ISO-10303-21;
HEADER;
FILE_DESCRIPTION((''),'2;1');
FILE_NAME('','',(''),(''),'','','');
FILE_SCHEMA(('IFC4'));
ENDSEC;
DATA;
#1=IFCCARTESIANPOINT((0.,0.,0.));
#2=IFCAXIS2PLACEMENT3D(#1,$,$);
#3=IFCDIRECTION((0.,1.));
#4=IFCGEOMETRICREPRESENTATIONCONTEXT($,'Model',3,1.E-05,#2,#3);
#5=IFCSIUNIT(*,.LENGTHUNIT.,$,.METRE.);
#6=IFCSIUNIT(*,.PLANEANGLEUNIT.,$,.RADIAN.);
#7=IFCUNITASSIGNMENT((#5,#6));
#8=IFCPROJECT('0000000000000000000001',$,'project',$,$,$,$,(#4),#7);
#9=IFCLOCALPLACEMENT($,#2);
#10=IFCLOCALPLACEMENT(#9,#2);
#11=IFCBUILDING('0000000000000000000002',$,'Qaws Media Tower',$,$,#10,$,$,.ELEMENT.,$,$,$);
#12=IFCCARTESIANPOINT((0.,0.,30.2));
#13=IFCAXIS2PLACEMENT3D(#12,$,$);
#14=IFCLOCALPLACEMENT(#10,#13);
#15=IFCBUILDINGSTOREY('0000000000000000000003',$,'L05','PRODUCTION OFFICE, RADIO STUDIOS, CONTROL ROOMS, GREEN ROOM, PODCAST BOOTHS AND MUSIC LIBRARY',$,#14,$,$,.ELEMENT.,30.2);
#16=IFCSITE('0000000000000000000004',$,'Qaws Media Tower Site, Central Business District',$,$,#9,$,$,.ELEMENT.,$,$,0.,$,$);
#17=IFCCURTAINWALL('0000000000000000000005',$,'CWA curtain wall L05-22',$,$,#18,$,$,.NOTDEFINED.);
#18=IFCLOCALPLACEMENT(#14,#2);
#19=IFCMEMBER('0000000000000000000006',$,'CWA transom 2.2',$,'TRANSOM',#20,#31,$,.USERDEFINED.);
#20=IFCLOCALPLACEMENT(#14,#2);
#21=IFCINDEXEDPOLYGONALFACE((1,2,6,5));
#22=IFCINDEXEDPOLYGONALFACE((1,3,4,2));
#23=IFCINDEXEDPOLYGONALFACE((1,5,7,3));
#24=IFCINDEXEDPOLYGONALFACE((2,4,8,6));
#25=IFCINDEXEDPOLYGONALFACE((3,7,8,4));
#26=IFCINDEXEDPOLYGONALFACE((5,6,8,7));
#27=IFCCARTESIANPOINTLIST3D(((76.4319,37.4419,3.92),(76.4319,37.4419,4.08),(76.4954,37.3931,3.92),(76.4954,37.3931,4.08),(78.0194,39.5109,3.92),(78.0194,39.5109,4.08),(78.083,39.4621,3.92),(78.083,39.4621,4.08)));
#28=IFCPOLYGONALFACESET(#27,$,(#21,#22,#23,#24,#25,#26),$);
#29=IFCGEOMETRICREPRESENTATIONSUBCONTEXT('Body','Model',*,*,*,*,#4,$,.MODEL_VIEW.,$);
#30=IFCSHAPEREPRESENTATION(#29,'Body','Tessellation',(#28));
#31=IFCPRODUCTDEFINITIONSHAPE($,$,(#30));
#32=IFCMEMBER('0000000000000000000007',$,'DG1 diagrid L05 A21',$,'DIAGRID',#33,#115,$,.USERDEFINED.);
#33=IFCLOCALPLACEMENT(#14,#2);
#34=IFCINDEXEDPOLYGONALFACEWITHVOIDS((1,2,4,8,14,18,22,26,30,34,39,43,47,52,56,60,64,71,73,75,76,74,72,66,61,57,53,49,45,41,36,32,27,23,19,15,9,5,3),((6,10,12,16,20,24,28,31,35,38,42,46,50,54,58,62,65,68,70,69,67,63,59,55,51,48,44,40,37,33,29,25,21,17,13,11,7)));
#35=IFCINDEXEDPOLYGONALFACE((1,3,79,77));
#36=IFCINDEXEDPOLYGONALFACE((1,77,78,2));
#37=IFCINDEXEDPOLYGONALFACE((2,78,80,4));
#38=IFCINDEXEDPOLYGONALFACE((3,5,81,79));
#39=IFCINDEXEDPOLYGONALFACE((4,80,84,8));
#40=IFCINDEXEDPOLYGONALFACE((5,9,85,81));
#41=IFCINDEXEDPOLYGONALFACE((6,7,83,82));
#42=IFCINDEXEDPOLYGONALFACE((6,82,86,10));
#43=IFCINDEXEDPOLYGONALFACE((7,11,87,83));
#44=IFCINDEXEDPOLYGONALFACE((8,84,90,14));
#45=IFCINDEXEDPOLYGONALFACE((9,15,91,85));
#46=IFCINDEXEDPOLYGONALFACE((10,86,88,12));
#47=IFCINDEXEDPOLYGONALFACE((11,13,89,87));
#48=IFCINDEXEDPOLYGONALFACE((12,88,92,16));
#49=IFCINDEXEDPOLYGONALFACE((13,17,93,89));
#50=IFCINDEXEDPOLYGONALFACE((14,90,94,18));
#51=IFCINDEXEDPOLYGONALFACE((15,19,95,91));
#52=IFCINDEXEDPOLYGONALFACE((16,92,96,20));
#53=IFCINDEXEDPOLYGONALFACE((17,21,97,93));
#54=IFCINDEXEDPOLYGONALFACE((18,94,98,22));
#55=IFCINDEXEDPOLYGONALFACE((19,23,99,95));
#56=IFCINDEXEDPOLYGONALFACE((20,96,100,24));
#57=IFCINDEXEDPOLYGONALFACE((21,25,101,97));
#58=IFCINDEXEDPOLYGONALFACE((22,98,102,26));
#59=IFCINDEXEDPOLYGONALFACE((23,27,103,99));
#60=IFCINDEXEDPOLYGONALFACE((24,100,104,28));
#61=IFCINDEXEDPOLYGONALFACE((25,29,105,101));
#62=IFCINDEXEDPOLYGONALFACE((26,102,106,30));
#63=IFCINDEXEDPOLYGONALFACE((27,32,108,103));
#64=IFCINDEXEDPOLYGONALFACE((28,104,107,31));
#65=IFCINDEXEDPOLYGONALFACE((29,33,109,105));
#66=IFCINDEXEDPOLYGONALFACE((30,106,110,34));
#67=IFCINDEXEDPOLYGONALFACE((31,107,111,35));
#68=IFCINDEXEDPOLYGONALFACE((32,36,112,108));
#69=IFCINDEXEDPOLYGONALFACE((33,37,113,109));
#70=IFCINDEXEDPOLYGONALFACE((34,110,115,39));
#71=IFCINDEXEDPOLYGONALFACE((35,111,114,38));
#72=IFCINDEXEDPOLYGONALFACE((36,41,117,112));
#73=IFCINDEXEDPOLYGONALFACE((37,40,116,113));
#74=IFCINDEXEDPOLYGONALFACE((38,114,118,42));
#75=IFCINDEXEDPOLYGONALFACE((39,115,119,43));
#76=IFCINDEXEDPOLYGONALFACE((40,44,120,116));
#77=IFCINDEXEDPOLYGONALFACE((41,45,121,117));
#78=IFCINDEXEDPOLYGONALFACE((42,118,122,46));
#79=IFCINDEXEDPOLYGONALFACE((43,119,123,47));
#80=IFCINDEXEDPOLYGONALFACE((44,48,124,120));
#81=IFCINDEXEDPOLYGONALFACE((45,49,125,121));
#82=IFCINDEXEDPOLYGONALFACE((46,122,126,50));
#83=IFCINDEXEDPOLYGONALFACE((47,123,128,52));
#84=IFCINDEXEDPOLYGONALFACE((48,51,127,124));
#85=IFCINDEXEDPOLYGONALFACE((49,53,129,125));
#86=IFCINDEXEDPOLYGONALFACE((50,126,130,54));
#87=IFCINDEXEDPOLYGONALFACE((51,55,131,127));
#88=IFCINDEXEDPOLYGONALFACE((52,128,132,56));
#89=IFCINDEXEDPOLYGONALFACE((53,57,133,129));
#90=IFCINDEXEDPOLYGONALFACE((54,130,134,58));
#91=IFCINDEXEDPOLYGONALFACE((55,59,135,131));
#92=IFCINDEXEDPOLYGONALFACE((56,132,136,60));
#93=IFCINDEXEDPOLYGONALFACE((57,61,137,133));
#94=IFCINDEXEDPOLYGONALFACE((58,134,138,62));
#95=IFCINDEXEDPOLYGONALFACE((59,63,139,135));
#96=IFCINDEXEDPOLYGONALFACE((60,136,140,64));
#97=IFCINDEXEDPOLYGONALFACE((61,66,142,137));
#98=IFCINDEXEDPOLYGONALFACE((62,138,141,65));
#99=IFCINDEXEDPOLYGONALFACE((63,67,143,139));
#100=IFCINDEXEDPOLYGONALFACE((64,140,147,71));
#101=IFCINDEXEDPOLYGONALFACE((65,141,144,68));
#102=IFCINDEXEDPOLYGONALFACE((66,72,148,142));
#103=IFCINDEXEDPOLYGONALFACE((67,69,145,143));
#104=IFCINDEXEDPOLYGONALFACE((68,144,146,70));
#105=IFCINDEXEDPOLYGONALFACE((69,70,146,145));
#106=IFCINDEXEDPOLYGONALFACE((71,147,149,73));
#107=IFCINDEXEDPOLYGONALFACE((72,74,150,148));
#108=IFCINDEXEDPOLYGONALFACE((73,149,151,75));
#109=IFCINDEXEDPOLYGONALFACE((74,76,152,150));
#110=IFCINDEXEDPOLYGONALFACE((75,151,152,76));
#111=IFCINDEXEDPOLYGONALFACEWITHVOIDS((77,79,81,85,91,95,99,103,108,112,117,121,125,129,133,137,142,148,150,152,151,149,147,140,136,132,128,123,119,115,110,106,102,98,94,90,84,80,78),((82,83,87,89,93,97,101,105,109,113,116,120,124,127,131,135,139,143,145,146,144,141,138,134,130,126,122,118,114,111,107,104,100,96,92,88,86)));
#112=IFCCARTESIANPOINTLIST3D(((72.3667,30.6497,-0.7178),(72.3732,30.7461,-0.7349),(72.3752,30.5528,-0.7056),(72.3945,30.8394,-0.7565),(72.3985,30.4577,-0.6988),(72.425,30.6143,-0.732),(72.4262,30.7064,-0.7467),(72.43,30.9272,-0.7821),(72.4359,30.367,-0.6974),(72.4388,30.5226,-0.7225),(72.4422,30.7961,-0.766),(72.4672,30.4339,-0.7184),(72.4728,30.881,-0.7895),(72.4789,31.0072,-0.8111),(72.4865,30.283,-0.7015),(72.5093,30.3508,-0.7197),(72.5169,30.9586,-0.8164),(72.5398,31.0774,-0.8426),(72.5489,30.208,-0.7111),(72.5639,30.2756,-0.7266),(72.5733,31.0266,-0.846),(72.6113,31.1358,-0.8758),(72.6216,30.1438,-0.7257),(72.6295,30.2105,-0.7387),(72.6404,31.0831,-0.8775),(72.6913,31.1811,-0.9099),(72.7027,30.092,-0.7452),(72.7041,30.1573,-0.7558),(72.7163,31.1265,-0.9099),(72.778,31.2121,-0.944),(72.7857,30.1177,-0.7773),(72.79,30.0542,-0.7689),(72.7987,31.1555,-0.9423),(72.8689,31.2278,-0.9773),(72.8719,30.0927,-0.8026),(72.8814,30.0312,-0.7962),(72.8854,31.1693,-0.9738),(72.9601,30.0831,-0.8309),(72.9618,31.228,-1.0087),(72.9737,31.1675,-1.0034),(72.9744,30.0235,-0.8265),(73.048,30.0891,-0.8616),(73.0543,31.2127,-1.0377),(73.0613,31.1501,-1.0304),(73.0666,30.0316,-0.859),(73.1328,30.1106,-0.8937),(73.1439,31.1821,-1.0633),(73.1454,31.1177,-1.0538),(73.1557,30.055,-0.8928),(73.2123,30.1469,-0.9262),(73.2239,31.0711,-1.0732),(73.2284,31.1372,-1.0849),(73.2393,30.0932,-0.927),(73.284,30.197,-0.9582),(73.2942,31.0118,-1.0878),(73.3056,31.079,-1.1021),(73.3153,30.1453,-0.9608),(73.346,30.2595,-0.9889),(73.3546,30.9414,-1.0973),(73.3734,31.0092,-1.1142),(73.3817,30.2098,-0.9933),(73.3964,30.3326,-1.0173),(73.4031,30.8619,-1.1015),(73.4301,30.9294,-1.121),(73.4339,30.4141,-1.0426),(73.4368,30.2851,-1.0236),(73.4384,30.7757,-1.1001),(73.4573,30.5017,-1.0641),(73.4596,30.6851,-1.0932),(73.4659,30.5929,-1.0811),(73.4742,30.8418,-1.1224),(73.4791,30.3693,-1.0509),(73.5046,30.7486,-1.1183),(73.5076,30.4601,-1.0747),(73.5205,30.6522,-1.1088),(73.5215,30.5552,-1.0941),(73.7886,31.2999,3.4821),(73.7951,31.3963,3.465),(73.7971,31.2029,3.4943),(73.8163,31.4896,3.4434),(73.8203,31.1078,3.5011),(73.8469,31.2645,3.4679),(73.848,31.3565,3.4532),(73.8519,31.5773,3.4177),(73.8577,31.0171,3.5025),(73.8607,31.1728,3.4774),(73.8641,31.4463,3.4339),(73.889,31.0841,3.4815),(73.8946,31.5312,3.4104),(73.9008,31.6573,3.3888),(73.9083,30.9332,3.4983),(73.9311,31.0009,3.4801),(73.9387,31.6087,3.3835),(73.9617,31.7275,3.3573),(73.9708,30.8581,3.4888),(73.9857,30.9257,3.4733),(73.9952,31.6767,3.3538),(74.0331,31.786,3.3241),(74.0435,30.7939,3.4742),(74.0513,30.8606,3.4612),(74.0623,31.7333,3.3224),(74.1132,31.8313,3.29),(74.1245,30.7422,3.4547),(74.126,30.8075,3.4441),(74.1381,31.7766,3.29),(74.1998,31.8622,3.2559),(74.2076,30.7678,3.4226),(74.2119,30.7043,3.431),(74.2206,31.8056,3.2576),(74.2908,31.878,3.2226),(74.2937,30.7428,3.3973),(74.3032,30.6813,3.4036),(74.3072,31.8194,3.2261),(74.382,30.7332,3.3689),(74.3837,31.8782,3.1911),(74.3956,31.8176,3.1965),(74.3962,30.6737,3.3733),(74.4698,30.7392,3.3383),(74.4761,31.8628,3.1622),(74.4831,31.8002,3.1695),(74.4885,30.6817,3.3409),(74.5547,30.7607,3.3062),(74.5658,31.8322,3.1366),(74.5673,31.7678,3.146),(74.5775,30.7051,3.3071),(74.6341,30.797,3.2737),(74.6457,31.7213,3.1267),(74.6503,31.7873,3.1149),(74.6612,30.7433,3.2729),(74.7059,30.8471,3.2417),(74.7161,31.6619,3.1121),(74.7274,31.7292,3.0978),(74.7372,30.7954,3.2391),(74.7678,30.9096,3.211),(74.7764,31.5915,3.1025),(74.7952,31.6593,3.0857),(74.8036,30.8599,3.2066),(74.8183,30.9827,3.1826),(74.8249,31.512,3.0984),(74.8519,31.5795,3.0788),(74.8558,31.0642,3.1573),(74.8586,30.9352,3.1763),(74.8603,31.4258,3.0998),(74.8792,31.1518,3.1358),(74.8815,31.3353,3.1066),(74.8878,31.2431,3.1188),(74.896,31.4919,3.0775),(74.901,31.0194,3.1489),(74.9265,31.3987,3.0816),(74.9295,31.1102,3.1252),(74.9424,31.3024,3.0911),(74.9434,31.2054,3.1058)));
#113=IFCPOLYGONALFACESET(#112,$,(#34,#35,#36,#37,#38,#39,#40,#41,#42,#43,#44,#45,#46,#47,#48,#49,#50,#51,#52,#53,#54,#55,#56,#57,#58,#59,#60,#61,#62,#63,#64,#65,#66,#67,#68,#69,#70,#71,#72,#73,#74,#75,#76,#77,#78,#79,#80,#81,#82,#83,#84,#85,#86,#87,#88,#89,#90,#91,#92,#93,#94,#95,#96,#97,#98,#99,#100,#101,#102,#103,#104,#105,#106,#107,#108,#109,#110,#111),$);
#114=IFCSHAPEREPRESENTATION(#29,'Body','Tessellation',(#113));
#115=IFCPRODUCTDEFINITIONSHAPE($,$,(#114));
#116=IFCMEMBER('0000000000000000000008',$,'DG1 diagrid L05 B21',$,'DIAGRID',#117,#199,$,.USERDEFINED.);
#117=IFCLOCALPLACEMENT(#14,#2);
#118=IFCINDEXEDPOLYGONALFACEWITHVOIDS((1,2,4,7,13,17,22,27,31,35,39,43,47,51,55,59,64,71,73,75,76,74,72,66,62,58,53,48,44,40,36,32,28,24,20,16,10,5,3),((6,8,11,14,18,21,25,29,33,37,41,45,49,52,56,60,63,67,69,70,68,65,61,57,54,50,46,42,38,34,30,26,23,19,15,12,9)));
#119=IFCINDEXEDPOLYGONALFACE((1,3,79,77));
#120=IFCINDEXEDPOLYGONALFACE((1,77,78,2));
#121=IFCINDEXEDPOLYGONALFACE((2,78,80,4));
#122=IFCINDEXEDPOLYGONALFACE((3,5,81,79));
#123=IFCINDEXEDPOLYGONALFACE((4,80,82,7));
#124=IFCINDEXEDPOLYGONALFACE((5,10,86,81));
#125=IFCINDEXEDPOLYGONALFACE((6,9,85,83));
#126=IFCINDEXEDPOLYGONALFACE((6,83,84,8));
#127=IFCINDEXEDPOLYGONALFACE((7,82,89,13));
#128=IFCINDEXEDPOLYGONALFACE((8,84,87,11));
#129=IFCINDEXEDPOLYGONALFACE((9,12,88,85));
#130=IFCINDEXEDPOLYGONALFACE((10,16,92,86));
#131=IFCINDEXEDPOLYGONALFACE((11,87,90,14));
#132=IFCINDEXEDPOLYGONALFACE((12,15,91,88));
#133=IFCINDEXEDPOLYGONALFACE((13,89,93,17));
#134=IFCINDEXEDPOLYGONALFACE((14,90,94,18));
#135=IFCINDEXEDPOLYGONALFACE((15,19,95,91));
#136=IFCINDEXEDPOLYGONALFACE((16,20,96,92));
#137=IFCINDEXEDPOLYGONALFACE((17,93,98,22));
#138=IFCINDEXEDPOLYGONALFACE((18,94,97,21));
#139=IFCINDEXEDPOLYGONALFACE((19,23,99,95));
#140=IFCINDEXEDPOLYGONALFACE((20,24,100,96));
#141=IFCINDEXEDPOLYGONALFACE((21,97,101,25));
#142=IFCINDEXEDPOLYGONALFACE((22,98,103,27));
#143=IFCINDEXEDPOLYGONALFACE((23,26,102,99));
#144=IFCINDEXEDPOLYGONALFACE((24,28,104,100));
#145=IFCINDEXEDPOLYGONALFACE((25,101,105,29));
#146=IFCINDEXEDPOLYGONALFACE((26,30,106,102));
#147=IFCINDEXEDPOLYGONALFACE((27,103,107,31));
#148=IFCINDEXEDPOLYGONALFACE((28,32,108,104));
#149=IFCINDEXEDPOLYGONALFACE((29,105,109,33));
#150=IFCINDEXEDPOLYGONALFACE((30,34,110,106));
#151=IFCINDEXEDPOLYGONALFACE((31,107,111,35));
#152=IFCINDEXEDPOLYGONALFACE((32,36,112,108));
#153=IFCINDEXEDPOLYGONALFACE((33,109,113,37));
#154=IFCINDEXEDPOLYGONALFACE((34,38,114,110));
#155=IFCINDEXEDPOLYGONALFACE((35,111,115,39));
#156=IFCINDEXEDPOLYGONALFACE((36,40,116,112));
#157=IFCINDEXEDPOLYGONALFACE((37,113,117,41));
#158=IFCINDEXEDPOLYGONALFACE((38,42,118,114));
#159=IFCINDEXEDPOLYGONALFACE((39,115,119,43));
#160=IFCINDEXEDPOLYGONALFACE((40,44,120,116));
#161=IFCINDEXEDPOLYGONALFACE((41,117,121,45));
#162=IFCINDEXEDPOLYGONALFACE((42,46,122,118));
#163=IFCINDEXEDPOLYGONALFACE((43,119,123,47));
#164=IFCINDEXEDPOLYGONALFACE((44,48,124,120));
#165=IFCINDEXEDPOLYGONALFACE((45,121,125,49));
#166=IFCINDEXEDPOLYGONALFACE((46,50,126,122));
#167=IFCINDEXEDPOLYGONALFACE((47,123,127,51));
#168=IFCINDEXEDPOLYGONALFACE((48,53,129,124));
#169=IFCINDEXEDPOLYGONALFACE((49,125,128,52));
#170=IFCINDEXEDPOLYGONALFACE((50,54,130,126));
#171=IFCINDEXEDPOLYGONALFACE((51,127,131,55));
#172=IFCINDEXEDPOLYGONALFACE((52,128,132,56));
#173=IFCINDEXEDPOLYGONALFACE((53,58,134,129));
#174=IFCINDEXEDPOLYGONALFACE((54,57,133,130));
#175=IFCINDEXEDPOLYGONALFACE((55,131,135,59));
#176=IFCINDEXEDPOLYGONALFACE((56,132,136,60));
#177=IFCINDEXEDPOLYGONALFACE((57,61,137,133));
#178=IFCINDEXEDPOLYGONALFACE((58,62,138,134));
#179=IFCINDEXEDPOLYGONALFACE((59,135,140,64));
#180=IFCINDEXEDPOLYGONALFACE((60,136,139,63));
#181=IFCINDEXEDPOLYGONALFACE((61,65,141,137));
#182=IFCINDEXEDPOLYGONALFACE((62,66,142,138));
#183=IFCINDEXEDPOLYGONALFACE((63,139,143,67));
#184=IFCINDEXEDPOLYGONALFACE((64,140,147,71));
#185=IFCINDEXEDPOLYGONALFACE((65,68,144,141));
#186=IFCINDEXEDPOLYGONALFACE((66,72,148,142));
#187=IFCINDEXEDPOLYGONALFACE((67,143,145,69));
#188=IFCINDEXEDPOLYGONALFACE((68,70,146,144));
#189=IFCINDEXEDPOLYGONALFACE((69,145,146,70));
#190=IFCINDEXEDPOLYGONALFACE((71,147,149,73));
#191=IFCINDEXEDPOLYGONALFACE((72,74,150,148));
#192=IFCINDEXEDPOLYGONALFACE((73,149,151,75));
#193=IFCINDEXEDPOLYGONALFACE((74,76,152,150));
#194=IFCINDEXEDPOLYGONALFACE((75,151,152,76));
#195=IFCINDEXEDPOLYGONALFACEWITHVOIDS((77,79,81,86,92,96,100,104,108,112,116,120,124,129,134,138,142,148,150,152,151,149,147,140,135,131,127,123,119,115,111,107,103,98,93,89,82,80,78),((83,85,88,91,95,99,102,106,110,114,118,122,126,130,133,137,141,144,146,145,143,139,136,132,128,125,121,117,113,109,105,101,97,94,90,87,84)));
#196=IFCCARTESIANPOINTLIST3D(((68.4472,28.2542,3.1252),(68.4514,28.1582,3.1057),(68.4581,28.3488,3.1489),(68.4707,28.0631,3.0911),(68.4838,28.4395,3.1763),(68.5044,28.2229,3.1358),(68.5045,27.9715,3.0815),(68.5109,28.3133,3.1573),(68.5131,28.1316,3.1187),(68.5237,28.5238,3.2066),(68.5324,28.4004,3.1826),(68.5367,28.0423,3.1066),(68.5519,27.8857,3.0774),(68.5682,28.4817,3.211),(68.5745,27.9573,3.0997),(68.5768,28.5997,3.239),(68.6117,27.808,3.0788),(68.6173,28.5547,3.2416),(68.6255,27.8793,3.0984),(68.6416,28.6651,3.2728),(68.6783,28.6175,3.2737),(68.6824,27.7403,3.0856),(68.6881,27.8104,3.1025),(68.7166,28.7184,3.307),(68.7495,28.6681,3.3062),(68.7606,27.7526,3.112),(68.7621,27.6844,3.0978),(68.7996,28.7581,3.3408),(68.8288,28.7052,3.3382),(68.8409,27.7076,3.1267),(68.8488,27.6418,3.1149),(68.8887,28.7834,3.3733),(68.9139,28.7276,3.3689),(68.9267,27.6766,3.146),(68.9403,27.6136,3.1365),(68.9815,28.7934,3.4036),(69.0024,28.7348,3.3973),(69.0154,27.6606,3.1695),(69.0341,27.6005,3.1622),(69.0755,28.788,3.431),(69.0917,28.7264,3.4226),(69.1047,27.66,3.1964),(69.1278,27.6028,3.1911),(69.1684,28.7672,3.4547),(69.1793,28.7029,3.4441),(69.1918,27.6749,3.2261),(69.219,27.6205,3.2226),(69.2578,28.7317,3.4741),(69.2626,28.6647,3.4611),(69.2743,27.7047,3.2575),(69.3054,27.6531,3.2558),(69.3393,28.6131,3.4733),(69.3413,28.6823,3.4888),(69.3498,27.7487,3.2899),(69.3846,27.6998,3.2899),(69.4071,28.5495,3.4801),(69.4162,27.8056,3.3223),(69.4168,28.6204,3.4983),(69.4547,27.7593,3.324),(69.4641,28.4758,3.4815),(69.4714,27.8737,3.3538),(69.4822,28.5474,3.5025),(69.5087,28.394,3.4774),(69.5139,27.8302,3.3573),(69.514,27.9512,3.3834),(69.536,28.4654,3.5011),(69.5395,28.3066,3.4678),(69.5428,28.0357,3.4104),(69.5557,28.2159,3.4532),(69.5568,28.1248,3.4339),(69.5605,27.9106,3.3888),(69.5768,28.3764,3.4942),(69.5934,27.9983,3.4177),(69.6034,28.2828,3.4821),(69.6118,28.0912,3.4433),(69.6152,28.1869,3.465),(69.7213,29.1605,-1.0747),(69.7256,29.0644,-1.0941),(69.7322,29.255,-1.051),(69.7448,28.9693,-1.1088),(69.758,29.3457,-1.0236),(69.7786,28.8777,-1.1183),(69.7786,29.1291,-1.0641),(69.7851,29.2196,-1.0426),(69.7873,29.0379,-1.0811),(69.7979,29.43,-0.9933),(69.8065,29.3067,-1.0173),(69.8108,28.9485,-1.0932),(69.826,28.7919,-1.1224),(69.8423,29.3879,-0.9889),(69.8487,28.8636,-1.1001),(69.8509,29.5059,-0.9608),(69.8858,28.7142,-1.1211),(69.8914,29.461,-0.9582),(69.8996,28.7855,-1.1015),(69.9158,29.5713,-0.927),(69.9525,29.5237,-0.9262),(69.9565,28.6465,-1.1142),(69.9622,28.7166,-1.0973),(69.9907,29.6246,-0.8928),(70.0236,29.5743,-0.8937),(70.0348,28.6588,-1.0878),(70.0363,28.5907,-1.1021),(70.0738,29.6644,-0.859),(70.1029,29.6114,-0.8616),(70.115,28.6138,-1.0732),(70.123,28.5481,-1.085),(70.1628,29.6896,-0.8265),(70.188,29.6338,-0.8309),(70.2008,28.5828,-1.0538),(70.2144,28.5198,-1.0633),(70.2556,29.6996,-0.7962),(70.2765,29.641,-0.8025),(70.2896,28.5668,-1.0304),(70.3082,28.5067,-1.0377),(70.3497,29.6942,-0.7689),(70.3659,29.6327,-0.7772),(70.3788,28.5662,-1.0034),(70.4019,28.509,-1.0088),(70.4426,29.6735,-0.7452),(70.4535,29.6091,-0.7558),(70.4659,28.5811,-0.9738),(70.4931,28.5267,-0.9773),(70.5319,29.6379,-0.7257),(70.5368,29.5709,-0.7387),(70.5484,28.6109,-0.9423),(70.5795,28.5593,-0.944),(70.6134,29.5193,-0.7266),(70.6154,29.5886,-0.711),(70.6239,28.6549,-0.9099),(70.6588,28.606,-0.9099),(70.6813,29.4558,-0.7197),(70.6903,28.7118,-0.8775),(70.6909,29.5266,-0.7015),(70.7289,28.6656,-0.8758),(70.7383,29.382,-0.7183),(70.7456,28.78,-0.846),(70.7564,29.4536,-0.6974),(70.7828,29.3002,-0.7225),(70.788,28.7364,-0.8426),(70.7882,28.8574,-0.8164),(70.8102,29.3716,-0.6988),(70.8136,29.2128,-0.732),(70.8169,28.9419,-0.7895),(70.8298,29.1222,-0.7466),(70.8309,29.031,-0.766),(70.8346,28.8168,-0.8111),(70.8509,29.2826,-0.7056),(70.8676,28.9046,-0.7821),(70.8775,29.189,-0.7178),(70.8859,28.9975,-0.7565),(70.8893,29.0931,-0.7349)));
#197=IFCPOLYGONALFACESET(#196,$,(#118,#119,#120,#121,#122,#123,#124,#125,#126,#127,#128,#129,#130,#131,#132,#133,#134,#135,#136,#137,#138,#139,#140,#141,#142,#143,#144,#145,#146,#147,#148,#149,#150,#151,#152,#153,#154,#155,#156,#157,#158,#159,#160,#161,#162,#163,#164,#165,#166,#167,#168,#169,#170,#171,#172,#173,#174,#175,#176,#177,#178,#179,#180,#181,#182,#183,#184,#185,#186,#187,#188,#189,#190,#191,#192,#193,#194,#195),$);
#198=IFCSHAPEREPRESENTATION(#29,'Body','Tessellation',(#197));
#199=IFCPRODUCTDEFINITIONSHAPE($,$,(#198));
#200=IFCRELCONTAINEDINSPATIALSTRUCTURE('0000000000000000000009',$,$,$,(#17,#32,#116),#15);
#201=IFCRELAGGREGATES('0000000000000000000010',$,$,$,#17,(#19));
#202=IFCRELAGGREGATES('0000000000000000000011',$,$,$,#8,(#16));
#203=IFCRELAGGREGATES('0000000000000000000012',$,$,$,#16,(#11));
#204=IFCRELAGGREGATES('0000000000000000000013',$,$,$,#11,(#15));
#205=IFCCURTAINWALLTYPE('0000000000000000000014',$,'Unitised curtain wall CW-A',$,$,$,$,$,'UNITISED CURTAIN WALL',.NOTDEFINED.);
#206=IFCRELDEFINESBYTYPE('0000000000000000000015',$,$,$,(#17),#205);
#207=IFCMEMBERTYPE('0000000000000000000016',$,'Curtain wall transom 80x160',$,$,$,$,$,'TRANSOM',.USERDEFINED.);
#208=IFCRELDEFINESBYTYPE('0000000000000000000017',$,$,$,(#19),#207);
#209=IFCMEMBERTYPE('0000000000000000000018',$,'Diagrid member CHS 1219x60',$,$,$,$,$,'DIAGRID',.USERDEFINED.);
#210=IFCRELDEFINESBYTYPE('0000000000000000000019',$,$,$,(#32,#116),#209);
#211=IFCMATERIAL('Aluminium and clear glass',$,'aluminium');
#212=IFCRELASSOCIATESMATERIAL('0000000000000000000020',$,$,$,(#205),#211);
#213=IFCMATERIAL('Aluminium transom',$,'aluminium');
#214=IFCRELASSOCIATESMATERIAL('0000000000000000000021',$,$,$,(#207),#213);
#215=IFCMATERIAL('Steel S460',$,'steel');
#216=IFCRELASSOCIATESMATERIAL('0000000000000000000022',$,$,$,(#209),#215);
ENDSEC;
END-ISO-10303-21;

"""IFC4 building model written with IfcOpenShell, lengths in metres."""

from ifc_helpers import new_model, si_unit, direction, frame, origin, origin_2d, place, context, subcontext, project, spatial, rectangle, hollow_circle, extrude, material, material_profile, profile_set, type_object, element, aggregate, save


model = new_model("IFC4")

# Units and contexts
model_context = context("Model", 3, precision=1e-05, world=origin(), true_north=direction((0.0, 1.0)))
body_context = subcontext(model_context, "Body", "Model", "MODEL_VIEW")
ifc_project = project(units=[si_unit("LENGTHUNIT", "METRE"), si_unit("PLANEANGLEUNIT", "RADIAN")], contexts=[model_context])

# Site, building, storey
site_placement = place(None, origin())
site = spatial("IfcSite", under=ifc_project, at=site_placement, Name="Qaws Media Tower Site, Central Business District", CompositionType="ELEMENT", RefElevation=0.0)
building_placement = place(site_placement, origin())
building = spatial("IfcBuilding", under=site, at=building_placement, Name="Qaws Media Tower", CompositionType="ELEMENT")
storey_placement = place(building_placement, frame((0.0, 0.0, 30.2)))
storey = spatial("IfcBuildingStorey", under=building, at=storey_placement, Name="L05", Description="PRODUCTION OFFICE, RADIO STUDIOS, CONTROL ROOMS, GREEN ROOM, PODCAST BOOTHS AND MUSIC LIBRARY", CompositionType="ELEMENT", Elevation=30.2)

# Shared definitions
ifc_material_1 = material(Name="Aluminium and clear glass", Category="aluminium")
curtain_wall_type = type_object("IfcCurtainWallType", Name="Unitised curtain wall CW-A", ElementType="UNITISED CURTAIN WALL", PredefinedType="NOTDEFINED", material=ifc_material_1)

# Curtain wall
curtain_wall_1_placement = place(storey_placement, origin())
curtain_wall_1 = element("IfcCurtainWall", 1, at=curtain_wall_1_placement, inside=storey, type_object=curtain_wall_type, Name="CWA curtain wall L05-22", PredefinedType="NOTDEFINED")

# Member
ifc_material_2 = material(Name="Aluminium transom", Category="aluminium")
ifc_material_profile_1 = material_profile(ifc_material_2, rectangle(XDim=0.0801, YDim=0.1599, at=origin_2d()), Name="80x160")
ifc_profile_set_1 = profile_set([ifc_material_profile_1], Name="Aluminium transom")
member_type_1 = type_object("IfcMemberType", Name="Curtain wall transom 80x160", ElementType="TRANSOM", PredefinedType="USERDEFINED", material=ifc_profile_set_1)
member_1_placement = place(storey_placement, frame((76.4636, 37.4175, 4.0), z_axis=(0.608756, 0.793358, 0.0), x_axis=(-0.793358, 0.608756, 0.0)))
member_1 = element("IfcMember", 2, at=member_1_placement, type_object=member_type_1, Name="CWA transom 2.2", ObjectType="TRANSOM", PredefinedType="USERDEFINED", context=body_context, shape_type="SweptSolid", body=[
    extrude(rectangle(XDim=0.0801, YDim=0.1599, at=origin_2d()), origin(), (0.0, 0.0, 1.0), 2.6079),
])

# Members
ifc_material_3 = material(Name="Steel S460", Category="steel")
ifc_material_profile_2 = material_profile(ifc_material_3, hollow_circle(Radius=0.6096, WallThickness=0.0601, at=origin_2d()), Name="CHS 1219x60")
ifc_profile_set_2 = profile_set([ifc_material_profile_2], Name="Steel S460")
member_type_2 = type_object("IfcMemberType", Name="Diagrid member CHS 1219x60", ElementType="DIAGRID", PredefinedType="USERDEFINED", material=ifc_profile_set_2)
for number, where, z_axis, x_axis, name in (
    (3, (72.9448, 30.6267, -0.9099), (0.317275, 0.145073, 0.937171), (-0.415837, 0.909439, 0.0), "DG1 diagrid L05 A21"),
    (4, (70.3054, 29.1028, -0.9099), (-0.284314, -0.202217, 0.937163), (0.579598, -0.814903, 0.0), "DG1 diagrid L05 B21"),
):
    element("IfcMember", number, at=place(storey_placement, frame(where, z_axis=z_axis, x_axis=x_axis)), inside=storey, type_object=member_type_2, Name=name, ObjectType="DIAGRID", PredefinedType="USERDEFINED", context=body_context, shape_type="SweptSolid", body=[
        extrude(hollow_circle(Radius=0.6096, WallThickness=0.0601, at=origin_2d()), origin(), (0.0, 0.0, 1.0), 4.4814),
    ])

aggregate(curtain_wall_1, [member_1])

save(model, "model.ifc")
